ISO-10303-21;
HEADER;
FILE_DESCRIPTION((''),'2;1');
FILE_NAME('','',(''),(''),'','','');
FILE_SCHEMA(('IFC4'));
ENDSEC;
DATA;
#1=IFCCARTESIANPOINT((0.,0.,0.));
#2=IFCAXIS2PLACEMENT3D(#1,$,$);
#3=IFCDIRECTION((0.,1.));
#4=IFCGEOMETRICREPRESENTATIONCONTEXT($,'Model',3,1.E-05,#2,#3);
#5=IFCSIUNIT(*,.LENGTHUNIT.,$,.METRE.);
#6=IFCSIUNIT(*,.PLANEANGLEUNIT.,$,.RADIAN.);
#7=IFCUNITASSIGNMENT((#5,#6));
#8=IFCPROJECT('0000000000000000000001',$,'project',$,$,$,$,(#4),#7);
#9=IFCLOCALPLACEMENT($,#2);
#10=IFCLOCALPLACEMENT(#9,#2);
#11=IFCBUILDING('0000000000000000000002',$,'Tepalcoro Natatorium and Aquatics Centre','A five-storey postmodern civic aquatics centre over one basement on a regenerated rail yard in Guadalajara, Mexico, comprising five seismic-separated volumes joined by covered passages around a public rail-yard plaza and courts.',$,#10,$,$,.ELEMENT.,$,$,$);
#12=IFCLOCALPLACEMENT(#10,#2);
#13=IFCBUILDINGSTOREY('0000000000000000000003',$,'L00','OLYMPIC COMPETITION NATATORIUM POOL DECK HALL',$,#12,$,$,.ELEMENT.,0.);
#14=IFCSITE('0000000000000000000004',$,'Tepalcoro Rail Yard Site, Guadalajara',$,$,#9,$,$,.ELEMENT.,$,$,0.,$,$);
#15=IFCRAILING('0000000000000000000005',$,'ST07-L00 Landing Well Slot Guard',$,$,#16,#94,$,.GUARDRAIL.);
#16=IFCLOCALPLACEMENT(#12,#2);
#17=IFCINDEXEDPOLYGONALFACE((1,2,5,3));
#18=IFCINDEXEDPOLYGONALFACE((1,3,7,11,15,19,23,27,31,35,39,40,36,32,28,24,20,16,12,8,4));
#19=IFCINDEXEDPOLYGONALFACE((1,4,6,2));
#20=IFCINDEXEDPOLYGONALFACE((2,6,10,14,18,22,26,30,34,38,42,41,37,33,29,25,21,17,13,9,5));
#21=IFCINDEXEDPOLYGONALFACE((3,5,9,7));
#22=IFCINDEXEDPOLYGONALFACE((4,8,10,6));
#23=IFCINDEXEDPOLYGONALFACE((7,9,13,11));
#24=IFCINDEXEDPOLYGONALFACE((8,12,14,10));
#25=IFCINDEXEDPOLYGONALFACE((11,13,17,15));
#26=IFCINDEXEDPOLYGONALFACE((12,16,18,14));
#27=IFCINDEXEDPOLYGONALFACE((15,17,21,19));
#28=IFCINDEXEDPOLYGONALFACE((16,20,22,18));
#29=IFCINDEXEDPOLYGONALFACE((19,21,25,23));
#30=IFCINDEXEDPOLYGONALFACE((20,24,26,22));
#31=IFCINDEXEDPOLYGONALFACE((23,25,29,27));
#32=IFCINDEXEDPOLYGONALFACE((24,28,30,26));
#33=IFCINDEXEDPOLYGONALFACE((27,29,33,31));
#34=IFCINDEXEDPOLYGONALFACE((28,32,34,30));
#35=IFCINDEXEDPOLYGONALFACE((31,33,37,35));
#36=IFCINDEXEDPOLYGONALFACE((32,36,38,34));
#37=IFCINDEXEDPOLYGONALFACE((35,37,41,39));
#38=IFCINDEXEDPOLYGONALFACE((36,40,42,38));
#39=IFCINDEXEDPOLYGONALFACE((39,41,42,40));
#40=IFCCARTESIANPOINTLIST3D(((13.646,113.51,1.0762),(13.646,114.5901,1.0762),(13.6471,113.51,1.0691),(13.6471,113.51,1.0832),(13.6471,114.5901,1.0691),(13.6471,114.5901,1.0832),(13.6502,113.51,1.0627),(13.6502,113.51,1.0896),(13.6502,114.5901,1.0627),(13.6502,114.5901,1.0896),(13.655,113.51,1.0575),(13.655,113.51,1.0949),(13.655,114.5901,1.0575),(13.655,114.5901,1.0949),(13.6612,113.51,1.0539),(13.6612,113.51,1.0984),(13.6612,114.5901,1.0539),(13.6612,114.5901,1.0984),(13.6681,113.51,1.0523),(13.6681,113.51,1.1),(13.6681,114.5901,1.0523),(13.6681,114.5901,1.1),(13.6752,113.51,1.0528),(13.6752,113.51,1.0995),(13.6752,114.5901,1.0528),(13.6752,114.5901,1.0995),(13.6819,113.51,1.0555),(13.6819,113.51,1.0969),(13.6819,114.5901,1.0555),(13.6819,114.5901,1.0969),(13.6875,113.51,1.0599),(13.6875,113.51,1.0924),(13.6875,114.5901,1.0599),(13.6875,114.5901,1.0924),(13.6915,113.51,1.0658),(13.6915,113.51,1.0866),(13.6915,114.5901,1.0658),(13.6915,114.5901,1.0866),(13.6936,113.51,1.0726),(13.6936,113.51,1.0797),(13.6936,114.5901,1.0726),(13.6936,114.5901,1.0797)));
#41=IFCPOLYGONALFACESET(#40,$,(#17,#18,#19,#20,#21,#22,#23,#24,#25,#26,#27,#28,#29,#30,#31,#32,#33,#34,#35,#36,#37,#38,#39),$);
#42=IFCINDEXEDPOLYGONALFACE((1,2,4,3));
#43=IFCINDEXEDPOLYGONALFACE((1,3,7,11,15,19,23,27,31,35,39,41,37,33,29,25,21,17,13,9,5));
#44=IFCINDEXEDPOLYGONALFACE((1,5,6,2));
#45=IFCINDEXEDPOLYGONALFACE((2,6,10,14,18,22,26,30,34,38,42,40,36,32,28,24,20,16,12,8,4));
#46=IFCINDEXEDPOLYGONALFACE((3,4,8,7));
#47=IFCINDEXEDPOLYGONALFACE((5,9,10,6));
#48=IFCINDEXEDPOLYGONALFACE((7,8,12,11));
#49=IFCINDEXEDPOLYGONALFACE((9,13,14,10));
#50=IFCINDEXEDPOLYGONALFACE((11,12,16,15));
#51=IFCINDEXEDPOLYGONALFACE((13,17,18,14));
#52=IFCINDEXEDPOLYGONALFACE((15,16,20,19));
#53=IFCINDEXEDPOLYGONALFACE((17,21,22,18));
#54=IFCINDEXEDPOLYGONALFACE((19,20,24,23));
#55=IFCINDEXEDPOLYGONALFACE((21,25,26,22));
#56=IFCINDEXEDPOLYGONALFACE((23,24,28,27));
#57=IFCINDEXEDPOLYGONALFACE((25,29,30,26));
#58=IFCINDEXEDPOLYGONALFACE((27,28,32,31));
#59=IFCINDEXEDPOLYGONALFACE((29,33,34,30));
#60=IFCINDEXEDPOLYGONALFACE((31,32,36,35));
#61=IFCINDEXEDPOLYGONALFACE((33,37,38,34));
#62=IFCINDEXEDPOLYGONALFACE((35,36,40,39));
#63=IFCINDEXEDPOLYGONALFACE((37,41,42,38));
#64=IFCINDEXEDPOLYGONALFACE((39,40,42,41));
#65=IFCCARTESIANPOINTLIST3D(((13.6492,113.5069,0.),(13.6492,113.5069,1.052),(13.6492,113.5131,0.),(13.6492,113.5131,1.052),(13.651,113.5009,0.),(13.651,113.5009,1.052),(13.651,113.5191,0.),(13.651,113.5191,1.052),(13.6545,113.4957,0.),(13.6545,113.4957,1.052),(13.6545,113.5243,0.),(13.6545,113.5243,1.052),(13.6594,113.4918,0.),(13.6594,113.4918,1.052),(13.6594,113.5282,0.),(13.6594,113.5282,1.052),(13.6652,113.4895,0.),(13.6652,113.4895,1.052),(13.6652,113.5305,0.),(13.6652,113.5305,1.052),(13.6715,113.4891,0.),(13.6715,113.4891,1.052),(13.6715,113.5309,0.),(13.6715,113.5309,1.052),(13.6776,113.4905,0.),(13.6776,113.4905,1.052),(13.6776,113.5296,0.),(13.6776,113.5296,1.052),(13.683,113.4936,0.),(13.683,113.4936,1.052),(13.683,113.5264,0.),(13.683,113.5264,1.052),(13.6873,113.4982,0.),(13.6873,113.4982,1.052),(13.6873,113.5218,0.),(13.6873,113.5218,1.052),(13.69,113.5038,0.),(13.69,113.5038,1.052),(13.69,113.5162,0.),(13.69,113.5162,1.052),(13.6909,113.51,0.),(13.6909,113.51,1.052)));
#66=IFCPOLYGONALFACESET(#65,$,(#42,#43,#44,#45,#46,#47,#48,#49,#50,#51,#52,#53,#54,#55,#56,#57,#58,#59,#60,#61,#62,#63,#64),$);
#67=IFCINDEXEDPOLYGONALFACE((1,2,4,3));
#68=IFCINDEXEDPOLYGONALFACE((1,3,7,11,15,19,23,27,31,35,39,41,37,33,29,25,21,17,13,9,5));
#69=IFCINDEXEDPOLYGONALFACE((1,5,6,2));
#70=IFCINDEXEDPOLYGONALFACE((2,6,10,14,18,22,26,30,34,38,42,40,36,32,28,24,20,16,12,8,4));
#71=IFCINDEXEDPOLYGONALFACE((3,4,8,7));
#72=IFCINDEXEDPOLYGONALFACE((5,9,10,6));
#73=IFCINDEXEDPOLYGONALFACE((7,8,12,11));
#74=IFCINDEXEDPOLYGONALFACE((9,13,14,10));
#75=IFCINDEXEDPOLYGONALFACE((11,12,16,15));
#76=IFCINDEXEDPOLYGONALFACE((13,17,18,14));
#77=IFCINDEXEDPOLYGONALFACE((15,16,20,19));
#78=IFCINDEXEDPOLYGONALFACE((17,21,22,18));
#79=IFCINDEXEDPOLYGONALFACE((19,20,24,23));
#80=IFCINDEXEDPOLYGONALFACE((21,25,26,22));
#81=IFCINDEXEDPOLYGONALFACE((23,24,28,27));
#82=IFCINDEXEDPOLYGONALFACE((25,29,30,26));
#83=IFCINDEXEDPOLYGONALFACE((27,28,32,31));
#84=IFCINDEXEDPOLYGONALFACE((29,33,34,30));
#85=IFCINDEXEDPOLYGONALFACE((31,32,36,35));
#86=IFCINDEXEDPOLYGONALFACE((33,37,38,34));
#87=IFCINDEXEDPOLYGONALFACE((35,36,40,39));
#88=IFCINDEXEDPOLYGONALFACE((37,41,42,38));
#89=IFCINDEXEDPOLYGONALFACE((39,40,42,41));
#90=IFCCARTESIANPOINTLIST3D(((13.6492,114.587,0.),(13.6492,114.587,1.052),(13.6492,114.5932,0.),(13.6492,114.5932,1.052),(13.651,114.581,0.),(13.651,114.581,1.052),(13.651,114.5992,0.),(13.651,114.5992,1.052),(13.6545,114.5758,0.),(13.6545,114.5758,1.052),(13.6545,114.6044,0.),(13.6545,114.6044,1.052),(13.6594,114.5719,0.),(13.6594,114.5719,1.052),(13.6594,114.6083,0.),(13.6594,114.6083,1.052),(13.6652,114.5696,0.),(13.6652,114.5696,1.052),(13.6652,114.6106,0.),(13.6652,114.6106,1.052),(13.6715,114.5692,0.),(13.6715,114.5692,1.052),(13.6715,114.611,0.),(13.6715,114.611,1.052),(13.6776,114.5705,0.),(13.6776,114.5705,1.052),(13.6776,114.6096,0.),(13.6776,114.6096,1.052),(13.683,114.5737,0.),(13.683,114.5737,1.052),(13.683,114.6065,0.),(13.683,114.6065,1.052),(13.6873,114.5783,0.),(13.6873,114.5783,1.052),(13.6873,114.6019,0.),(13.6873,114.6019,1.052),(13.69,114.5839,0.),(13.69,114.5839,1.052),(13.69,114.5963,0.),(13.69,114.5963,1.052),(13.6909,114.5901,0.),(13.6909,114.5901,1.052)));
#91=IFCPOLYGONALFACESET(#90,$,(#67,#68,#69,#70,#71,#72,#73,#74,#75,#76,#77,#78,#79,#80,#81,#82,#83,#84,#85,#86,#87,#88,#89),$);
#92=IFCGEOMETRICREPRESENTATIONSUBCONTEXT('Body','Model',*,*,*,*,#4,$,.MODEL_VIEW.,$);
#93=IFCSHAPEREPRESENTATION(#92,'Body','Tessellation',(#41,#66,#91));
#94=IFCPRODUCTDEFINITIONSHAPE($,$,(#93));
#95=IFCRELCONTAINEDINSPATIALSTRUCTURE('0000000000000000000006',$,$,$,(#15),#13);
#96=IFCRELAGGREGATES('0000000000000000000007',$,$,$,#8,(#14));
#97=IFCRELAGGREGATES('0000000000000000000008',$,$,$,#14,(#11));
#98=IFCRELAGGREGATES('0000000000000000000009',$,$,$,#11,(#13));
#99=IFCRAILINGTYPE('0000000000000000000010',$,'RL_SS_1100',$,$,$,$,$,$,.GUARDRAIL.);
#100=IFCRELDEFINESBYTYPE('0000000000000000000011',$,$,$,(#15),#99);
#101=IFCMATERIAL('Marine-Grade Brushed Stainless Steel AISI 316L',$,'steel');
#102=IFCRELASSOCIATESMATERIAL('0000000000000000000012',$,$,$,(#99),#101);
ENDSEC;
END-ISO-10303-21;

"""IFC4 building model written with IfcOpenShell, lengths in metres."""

from ifc_helpers import new_model, si_unit, direction, frame, origin, origin_2d, place, context, subcontext, project, spatial, circle, extrude, material, type_object, element, save


model = new_model("IFC4")

# Units and contexts
model_context = context("Model", 3, precision=1e-05, world=origin(), true_north=direction((0.0, 1.0)))
body_context = subcontext(model_context, "Body", "Model", "MODEL_VIEW")
ifc_project = project(units=[si_unit("LENGTHUNIT", "METRE"), si_unit("PLANEANGLEUNIT", "RADIAN")], contexts=[model_context])

# Site, building, storey
site_placement = place(None, origin())
site = spatial("IfcSite", under=ifc_project, at=site_placement, Name="Tepalcoro Rail Yard Site, Guadalajara", CompositionType="ELEMENT", RefElevation=0.0)
building_placement = place(site_placement, origin())
building = spatial("IfcBuilding", under=site, at=building_placement, Name="Tepalcoro Natatorium and Aquatics Centre", Description="A five-storey postmodern civic aquatics centre over one basement on a regenerated rail yard in Guadalajara, Mexico, comprising five seismic-separated volumes joined by covered passages around a public rail-yard plaza and courts.", CompositionType="ELEMENT")
storey_placement = place(building_placement, origin())
storey = spatial("IfcBuildingStorey", under=building, at=storey_placement, Name="L00", Description="OLYMPIC COMPETITION NATATORIUM POOL DECK HALL", CompositionType="ELEMENT", Elevation=0.0)

# Shared definitions
ifc_material_1 = material(Name="Marine-Grade Brushed Stainless Steel AISI 316L", Category="steel")

# Railing
railing_type_1 = type_object("IfcRailingType", Name="RL_SS_1100", PredefinedType="GUARDRAIL", material=ifc_material_1)
railing_1_placement = place(storey_placement, frame((13.6699, 113.51, 0.0)))
element("IfcRailing", 1, at=railing_1_placement, inside=storey, type_object=railing_type_1, Name="ST07-L00 Landing Well Slot Guard", PredefinedType="GUARDRAIL", context=body_context, shape_type="SweptSolid", body=[
    extrude(circle(Radius=0.0239, at=origin_2d()), frame((0.0, 0.0, 1.0762), z_axis=(0.0, 1.0, 0.0), x_axis=(-1.0, 0.0, 0.0)), (0.0, 0.0, 1.0), 1.0801),
    extrude(circle(Radius=0.021, at=origin_2d()), origin(), (0.0, 0.0, 1.0), 1.052),
    extrude(circle(Radius=0.021, at=origin_2d()), frame((0.0, 1.0801, 0.0)), (0.0, 0.0, 1.0), 1.052),
])

save(model, "model.ifc")
